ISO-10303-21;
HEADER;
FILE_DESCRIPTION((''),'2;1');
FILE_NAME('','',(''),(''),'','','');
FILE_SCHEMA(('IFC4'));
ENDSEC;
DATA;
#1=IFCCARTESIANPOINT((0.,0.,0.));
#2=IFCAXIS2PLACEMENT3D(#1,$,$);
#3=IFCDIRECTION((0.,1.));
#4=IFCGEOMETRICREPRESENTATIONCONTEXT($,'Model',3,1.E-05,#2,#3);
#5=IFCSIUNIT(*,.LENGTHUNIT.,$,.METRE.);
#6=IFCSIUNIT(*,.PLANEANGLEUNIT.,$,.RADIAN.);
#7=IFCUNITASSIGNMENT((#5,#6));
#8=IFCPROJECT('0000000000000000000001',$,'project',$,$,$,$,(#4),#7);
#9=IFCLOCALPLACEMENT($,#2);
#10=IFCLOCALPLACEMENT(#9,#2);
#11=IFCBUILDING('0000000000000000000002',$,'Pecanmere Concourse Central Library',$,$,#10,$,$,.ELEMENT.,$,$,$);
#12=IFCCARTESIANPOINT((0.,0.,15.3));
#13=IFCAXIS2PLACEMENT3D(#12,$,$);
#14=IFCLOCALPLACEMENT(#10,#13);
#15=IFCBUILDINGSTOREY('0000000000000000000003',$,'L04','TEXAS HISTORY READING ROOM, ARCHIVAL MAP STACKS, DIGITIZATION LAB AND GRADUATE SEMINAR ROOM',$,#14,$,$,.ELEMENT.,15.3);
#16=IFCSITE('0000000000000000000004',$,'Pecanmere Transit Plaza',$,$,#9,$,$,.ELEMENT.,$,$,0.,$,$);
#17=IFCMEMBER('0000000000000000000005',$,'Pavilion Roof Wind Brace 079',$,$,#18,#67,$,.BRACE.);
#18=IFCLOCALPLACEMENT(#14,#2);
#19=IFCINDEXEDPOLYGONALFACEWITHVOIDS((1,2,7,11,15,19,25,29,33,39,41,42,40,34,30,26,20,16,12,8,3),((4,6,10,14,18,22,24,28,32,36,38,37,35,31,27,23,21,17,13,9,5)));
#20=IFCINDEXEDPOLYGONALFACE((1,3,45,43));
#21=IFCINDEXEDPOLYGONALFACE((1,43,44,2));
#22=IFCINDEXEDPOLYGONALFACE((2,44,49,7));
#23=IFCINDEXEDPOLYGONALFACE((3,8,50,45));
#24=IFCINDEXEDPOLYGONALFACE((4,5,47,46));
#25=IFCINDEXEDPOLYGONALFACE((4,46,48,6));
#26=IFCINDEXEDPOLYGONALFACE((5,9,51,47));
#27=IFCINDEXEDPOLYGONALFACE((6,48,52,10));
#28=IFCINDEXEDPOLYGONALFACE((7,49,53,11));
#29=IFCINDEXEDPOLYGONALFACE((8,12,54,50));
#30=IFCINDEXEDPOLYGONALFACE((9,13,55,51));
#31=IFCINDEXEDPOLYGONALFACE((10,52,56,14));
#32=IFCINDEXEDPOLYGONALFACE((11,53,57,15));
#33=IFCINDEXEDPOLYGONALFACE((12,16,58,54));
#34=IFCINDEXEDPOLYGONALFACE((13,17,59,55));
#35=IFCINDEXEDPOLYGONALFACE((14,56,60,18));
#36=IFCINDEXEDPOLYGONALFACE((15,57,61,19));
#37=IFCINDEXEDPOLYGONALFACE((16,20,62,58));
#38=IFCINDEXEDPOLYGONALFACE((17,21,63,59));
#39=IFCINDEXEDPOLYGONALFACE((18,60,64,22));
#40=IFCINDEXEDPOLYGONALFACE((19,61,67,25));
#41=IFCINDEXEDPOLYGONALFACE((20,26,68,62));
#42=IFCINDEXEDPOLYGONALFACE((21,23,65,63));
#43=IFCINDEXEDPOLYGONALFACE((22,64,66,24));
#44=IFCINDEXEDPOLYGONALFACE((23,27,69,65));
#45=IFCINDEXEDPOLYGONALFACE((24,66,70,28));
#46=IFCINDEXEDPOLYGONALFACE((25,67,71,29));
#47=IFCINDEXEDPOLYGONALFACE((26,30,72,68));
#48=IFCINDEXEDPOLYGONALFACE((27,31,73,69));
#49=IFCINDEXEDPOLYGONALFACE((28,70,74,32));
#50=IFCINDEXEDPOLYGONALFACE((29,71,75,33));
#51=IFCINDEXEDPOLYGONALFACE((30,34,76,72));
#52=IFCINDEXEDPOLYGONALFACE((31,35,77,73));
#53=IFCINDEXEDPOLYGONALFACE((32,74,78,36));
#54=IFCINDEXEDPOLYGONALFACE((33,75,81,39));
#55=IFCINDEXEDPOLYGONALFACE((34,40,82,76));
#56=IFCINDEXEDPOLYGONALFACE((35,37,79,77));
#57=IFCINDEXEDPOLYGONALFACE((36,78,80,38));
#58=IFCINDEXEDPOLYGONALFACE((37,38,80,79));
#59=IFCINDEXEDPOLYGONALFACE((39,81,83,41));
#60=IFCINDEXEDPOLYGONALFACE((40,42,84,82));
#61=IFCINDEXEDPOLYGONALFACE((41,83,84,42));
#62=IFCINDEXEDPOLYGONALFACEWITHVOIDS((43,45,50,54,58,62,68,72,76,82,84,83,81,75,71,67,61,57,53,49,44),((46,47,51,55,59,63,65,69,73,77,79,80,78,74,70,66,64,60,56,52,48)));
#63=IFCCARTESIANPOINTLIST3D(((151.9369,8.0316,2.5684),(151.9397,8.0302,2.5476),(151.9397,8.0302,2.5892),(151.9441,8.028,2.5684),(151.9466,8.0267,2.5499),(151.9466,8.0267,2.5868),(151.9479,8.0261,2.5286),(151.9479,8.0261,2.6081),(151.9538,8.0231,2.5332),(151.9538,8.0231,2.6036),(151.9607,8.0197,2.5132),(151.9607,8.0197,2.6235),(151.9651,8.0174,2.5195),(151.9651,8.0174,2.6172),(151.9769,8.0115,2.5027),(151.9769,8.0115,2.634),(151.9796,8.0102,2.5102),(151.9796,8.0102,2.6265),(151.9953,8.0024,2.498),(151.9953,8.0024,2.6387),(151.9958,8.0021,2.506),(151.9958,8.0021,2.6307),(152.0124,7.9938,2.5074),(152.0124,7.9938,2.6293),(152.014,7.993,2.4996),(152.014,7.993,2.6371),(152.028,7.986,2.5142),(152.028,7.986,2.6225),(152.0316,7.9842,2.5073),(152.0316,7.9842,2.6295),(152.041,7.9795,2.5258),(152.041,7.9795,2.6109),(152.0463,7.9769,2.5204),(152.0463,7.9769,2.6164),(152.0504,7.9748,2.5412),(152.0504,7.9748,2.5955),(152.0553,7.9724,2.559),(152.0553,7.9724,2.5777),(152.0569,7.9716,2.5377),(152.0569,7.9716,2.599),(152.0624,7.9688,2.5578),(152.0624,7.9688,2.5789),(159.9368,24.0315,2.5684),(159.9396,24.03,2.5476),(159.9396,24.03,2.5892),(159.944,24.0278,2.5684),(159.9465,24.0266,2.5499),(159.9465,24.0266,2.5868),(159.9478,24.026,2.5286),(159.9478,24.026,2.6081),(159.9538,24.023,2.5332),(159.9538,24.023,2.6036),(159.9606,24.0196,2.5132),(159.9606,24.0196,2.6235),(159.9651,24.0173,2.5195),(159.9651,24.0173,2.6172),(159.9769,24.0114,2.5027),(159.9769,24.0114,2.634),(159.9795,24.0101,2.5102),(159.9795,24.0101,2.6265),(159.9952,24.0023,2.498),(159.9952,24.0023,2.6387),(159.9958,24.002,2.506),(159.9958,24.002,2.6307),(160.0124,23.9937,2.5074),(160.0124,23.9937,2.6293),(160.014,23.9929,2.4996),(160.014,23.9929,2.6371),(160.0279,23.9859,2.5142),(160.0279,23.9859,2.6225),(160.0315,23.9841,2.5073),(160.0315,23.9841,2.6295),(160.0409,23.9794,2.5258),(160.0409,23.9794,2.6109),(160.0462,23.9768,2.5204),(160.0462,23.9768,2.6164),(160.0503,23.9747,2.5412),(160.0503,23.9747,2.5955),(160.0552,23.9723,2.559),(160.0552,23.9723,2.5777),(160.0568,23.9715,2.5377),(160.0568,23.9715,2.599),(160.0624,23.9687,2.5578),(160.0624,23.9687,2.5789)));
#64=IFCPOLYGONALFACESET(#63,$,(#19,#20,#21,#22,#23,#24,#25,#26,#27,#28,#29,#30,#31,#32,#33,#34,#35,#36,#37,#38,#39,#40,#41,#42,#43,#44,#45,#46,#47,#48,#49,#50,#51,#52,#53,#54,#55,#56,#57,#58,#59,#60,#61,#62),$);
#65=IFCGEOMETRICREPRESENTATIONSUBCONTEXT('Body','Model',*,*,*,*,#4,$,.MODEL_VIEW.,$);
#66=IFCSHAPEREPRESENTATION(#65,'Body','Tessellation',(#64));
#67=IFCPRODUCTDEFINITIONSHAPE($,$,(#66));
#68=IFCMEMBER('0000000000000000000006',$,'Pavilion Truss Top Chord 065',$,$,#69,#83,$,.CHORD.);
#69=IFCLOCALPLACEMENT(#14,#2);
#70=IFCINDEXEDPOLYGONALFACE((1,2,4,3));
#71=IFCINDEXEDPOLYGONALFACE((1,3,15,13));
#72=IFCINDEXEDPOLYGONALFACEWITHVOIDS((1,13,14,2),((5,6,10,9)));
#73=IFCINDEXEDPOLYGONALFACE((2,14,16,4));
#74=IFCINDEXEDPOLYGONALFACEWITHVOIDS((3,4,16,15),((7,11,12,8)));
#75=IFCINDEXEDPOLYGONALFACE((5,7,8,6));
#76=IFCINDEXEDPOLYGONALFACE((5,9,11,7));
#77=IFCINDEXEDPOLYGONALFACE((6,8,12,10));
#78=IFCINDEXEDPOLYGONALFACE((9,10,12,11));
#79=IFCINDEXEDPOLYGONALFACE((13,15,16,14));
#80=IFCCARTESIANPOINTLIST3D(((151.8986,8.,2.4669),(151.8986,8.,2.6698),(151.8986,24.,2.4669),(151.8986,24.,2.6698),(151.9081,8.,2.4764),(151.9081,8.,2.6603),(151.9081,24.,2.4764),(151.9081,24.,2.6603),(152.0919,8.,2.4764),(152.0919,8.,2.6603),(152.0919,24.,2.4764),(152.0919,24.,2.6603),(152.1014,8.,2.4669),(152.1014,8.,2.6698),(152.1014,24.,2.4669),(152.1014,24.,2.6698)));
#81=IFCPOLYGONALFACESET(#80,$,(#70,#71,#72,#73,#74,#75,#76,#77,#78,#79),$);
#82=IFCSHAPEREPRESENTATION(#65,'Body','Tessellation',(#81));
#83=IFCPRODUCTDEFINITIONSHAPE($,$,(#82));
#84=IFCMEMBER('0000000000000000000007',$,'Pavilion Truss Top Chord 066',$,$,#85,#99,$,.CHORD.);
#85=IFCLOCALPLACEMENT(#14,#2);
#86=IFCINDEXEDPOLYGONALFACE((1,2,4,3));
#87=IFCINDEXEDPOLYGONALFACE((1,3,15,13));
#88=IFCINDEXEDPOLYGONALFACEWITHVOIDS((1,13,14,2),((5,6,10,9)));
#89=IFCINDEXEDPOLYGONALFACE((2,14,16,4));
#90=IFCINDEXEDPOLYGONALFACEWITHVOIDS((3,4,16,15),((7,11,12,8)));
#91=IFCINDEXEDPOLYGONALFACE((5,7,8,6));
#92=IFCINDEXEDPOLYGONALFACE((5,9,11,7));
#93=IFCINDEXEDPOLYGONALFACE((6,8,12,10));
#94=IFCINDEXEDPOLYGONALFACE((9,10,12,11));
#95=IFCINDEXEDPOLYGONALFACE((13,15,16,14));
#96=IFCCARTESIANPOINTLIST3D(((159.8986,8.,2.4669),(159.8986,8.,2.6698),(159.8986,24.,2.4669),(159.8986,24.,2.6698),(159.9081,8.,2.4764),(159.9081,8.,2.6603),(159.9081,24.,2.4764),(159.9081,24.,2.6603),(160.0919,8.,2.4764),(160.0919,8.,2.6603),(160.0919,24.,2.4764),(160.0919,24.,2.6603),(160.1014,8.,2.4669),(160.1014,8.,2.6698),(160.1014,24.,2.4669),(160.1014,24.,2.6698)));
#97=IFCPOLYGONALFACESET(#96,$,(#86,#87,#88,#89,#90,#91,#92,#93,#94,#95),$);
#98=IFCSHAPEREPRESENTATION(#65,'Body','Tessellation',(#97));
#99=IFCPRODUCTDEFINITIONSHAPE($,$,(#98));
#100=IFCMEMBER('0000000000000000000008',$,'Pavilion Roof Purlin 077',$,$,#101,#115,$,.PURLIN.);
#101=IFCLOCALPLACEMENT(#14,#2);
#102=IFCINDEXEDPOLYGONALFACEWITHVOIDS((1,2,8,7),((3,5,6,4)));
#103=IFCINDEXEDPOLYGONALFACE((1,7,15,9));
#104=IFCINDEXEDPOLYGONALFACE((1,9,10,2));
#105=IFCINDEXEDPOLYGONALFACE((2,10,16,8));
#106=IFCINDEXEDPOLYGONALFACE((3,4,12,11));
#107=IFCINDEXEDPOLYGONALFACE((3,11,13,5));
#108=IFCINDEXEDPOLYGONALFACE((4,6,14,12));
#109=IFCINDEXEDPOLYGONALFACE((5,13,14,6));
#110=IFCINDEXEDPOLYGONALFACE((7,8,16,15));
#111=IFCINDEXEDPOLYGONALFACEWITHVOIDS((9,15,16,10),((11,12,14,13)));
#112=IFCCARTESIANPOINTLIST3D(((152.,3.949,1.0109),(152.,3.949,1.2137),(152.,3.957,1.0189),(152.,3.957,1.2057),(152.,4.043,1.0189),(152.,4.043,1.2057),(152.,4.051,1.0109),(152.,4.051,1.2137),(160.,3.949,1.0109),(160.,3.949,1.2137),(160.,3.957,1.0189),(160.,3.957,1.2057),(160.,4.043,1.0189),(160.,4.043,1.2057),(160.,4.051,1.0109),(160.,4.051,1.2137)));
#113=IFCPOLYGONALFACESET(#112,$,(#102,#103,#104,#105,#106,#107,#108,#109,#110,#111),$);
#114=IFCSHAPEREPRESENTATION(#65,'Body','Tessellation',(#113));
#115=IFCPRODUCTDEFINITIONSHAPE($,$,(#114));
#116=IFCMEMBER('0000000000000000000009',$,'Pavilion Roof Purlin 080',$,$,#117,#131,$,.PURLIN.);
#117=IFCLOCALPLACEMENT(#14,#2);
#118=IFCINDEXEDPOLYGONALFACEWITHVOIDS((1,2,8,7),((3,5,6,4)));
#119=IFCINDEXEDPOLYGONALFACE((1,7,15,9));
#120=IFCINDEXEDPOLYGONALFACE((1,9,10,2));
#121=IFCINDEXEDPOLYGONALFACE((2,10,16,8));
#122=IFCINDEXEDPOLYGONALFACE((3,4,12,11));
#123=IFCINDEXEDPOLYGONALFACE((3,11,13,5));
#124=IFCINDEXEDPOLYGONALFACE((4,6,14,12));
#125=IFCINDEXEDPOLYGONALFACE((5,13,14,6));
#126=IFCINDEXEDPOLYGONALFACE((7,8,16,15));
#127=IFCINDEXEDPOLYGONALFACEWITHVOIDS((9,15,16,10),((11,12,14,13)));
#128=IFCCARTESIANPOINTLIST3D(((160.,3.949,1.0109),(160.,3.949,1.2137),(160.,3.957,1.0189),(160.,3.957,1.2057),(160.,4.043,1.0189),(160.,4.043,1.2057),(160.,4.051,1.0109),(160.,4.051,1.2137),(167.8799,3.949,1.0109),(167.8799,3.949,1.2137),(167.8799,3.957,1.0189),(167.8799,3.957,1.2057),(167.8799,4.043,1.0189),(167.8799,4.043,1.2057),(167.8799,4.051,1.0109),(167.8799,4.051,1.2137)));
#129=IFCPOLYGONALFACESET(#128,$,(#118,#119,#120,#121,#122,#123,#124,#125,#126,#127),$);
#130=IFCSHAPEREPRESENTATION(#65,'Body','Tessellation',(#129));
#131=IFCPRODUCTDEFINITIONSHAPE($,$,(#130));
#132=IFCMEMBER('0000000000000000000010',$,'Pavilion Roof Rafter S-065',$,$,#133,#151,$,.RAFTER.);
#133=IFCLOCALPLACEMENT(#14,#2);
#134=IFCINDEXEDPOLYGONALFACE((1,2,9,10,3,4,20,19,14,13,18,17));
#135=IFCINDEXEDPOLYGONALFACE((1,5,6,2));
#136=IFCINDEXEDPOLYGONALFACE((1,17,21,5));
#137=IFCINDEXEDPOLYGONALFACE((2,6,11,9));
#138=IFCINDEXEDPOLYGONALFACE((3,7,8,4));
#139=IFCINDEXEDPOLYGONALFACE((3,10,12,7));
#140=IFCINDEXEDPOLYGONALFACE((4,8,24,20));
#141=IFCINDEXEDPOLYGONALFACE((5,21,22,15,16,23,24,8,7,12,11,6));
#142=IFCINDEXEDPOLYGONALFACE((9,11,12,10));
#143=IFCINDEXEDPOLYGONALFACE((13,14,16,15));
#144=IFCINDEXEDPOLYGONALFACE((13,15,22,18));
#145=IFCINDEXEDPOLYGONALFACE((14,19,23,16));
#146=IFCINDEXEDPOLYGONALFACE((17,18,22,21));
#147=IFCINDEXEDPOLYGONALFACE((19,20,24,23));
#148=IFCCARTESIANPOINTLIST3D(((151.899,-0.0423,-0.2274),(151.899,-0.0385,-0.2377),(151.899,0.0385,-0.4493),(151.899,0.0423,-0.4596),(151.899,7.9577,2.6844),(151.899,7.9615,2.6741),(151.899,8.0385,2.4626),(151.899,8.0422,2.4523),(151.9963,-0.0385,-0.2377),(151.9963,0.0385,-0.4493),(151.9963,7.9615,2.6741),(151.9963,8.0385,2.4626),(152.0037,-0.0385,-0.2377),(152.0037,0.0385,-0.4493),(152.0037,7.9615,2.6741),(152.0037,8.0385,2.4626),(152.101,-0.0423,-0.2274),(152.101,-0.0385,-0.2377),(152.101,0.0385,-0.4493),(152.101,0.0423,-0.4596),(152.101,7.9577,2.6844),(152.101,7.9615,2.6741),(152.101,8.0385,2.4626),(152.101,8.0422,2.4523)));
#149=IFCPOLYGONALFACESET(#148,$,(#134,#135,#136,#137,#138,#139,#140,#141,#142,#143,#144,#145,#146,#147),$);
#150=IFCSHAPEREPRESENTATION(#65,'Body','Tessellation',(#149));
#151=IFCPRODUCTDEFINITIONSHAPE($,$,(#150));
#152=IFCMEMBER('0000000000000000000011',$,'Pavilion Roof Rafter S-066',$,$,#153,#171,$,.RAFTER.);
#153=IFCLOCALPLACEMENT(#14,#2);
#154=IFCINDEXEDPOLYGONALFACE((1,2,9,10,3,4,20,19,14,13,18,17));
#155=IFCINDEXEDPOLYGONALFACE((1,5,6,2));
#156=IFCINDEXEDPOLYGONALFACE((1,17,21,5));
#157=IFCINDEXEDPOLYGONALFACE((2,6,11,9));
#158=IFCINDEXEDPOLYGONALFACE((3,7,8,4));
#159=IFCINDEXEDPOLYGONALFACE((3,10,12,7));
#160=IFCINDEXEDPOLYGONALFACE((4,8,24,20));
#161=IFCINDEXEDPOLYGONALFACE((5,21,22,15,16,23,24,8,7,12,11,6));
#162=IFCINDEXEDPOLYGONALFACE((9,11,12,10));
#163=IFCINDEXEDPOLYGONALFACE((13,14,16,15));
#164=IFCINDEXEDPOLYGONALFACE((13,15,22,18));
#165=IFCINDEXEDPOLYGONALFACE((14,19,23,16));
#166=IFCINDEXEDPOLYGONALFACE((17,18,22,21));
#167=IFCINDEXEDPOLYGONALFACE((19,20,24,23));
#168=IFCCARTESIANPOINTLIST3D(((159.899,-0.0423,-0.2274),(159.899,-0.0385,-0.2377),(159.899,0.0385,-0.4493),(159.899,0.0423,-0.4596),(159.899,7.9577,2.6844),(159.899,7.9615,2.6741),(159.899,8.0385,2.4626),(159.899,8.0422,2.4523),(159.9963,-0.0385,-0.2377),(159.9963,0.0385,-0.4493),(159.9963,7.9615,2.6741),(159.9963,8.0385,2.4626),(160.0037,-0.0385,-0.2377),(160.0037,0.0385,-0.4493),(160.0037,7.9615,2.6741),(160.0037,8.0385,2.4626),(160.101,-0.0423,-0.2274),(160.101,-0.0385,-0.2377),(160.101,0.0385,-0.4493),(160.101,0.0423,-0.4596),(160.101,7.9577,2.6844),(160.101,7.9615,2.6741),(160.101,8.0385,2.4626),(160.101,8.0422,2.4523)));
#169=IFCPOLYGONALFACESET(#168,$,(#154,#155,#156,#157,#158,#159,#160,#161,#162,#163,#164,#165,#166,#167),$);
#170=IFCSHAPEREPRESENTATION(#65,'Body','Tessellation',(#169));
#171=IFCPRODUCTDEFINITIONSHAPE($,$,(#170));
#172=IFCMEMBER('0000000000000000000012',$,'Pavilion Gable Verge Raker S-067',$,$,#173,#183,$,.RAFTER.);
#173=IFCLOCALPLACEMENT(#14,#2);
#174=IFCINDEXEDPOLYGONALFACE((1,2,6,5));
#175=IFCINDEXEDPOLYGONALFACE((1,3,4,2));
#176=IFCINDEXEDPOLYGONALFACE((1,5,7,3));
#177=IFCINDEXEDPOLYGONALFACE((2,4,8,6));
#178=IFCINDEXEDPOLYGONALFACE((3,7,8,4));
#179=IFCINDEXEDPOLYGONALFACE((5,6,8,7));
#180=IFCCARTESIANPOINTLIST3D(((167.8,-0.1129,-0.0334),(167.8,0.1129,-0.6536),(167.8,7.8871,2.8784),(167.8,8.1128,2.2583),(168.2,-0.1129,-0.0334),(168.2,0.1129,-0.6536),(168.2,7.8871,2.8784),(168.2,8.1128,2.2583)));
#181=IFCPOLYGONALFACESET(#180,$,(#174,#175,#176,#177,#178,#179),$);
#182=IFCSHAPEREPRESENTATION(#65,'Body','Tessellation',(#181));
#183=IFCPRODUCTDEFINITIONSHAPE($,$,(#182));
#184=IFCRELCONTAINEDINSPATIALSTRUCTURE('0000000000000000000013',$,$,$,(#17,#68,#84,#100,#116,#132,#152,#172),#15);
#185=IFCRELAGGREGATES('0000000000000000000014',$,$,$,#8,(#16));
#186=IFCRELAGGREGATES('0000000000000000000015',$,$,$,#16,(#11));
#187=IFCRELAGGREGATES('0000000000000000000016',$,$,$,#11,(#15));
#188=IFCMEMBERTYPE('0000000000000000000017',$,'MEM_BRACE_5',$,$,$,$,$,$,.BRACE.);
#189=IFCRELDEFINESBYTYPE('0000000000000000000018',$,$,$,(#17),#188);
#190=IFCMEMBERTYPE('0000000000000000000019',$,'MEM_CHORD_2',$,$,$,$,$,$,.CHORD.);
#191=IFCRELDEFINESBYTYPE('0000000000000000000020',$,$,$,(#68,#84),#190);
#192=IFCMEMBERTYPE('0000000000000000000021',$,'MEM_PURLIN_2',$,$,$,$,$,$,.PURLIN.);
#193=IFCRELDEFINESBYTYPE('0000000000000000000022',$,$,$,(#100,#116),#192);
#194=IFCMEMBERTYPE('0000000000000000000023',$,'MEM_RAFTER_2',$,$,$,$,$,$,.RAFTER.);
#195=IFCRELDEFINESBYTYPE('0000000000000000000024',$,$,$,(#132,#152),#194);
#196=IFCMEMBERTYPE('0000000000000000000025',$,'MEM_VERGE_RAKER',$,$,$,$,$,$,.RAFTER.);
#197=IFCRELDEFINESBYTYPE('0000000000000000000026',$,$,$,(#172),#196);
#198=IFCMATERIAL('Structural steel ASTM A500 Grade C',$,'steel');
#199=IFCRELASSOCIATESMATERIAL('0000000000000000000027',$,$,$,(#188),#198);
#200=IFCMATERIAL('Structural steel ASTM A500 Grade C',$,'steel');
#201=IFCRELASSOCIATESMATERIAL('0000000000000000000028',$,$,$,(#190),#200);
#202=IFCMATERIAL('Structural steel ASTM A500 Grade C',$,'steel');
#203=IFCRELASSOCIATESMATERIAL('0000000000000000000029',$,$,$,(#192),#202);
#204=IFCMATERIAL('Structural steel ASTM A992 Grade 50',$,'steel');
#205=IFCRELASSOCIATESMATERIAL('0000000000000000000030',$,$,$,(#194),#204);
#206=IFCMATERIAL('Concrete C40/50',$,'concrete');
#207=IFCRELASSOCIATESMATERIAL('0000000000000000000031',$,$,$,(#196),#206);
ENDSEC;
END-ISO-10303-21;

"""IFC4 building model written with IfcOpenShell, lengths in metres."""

from ifc_helpers import new_model, si_unit, direction, frame, origin, origin_2d, place, context, subcontext, project, spatial, rectangle, hollow_rectangle, hollow_circle, i_section, extrude, material, material_profile, profile_set, type_object, element, save


model = new_model("IFC4")

# Units and contexts
model_context = context("Model", 3, precision=1e-05, world=origin(), true_north=direction((0.0, 1.0)))
body_context = subcontext(model_context, "Body", "Model", "MODEL_VIEW")
ifc_project = project(units=[si_unit("LENGTHUNIT", "METRE"), si_unit("PLANEANGLEUNIT", "RADIAN")], contexts=[model_context])

# Site, building, storey
site_placement = place(None, origin())
site = spatial("IfcSite", under=ifc_project, at=site_placement, Name="Pecanmere Transit Plaza", CompositionType="ELEMENT", RefElevation=0.0)
building_placement = place(site_placement, origin())
building = spatial("IfcBuilding", under=site, at=building_placement, Name="Pecanmere Concourse Central Library", CompositionType="ELEMENT")
storey_placement = place(building_placement, frame((0.0, 0.0, 15.3)))
storey = spatial("IfcBuildingStorey", under=building, at=storey_placement, Name="L04", Description="TEXAS HISTORY READING ROOM, ARCHIVAL MAP STACKS, DIGITIZATION LAB AND GRADUATE SEMINAR ROOM", CompositionType="ELEMENT", Elevation=15.3)

# Members
ifc_material_1 = material(Name="Structural steel ASTM A500 Grade C", Category="steel")
ifc_material_profile_1 = material_profile(ifc_material_1, hollow_circle(Radius=0.0706, WallThickness=0.0081, at=origin_2d()), Name="HSS141.3x8.0")
ifc_profile_set_1 = profile_set([ifc_material_profile_1], Name="Structural steel ASTM A500 Grade C")
member_type_1 = type_object("IfcMemberType", Name="MEM_BRACE_5", PredefinedType="BRACE", material=ifc_profile_set_1)
member_1_placement = place(storey_placement, frame((152.0, 8.0, 2.5684), z_axis=(0.447214, 0.894427, 0.0), x_axis=(-0.894427, 0.447214, 0.0)))
element("IfcMember", 1, at=member_1_placement, inside=storey, type_object=member_type_1, Name="Pavilion Roof Wind Brace 079", PredefinedType="BRACE", context=body_context, shape_type="SweptSolid", body=[
    extrude(hollow_circle(Radius=0.0706, WallThickness=0.0081, at=origin_2d()), origin(), (0.0, 0.0, 1.0), 17.8884),
])
ifc_material_2 = material(Name="Structural steel ASTM A500 Grade C", Category="steel")
ifc_material_profile_2 = material_profile(ifc_material_2, hollow_rectangle(XDim=0.2029, YDim=0.2029, WallThickness=0.0095, at=origin_2d()), Name="HSS203x203x9.5")
ifc_profile_set_2 = profile_set([ifc_material_profile_2], Name="Structural steel ASTM A500 Grade C")
member_type_2 = type_object("IfcMemberType", Name="MEM_CHORD_2", PredefinedType="CHORD", material=ifc_profile_set_2)
for number, where, z_axis, x_axis, name in (
    (2, (152.0, 8.0, 2.5684), (0.0, 1.0, 0.0), (-1.0, 0.0, 0.0), "Pavilion Truss Top Chord 065"),
    (3, (160.0, 8.0, 2.5684), (0.0, 1.0, 0.0), (-1.0, 0.0, 0.0), "Pavilion Truss Top Chord 066"),
):
    element("IfcMember", number, at=place(storey_placement, frame(where, z_axis=z_axis, x_axis=x_axis)), inside=storey, type_object=member_type_2, Name=name, PredefinedType="CHORD", context=body_context, shape_type="SweptSolid", body=[
        extrude(hollow_rectangle(XDim=0.2029, YDim=0.2029, WallThickness=0.0095, at=origin_2d()), origin(), (0.0, 0.0, 1.0), 16.0),
    ])
ifc_material_3 = material(Name="Structural steel ASTM A500 Grade C", Category="steel")
ifc_material_profile_3 = material_profile(ifc_material_3, hollow_rectangle(XDim=0.1021, YDim=0.2029, WallThickness=0.0081, at=origin_2d()), Name="HSS203x102x8.0")
ifc_profile_set_3 = profile_set([ifc_material_profile_3], Name="Structural steel ASTM A500 Grade C")
member_type_3 = type_object("IfcMemberType", Name="MEM_PURLIN_2", PredefinedType="PURLIN", material=ifc_profile_set_3)
member_2_placement = place(storey_placement, frame((152.0, 4.0, 1.1123), z_axis=(1.0, 0.0, 0.0), x_axis=(0.0, 1.0, 0.0)))
element("IfcMember", 4, at=member_2_placement, inside=storey, type_object=member_type_3, Name="Pavilion Roof Purlin 077", PredefinedType="PURLIN", context=body_context, shape_type="SweptSolid", body=[
    extrude(hollow_rectangle(XDim=0.1021, YDim=0.2029, WallThickness=0.0081, at=origin_2d()), origin(), (0.0, 0.0, 1.0), 8.0),
])
member_3_placement = place(storey_placement, frame((160.0, 4.0, 1.1123), z_axis=(1.0, 0.0, 0.0), x_axis=(0.0, 1.0, 0.0)))
element("IfcMember", 5, at=member_3_placement, inside=storey, type_object=member_type_3, Name="Pavilion Roof Purlin 080", PredefinedType="PURLIN", context=body_context, shape_type="SweptSolid", body=[
    extrude(hollow_rectangle(XDim=0.1021, YDim=0.2029, WallThickness=0.0081, at=origin_2d()), origin(), (0.0, 0.0, 1.0), 7.8799),
])
ifc_material_4 = material(Name="Structural steel ASTM A992 Grade 50", Category="steel")
ifc_material_profile_4 = material_profile(ifc_material_4, i_section(OverallWidth=0.2019, OverallDepth=0.2471, WebThickness=0.0073, FlangeThickness=0.011, at=origin_2d()), Name="W250x49.1")
ifc_profile_set_4 = profile_set([ifc_material_profile_4], Name="Structural steel ASTM A992 Grade 50")
member_type_4 = type_object("IfcMemberType", Name="MEM_RAFTER_2", PredefinedType="RAFTER", material=ifc_profile_set_4)
for number, where, z_axis, x_axis, name in (
    (6, (152.0, 0.0, -0.3435), (0.0, 0.939689, 0.342031), (-1.0, 0.0, 0.0), "Pavilion Roof Rafter S-065"),
    (7, (160.0, 0.0, -0.3435), (0.0, 0.939689, 0.342031), (-1.0, 0.0, 0.0), "Pavilion Roof Rafter S-066"),
):
    element("IfcMember", number, at=place(storey_placement, frame(where, z_axis=z_axis, x_axis=x_axis)), inside=storey, type_object=member_type_4, Name=name, PredefinedType="RAFTER", context=body_context, shape_type="SweptSolid", body=[
        extrude(i_section(OverallWidth=0.2019, OverallDepth=0.2471, WebThickness=0.0073, FlangeThickness=0.011, at=origin_2d()), origin(), (0.0, 0.0, 1.0), 8.5134),
    ])
ifc_material_5 = material(Name="Concrete C40/50", Category="concrete")
ifc_material_profile_5 = material_profile(ifc_material_5, rectangle(XDim=0.3999, YDim=0.6599, at=origin_2d()), Name="RC 400x660")
ifc_profile_set_5 = profile_set([ifc_material_profile_5], Name="Concrete C40/50")
member_type_5 = type_object("IfcMemberType", Name="MEM_VERGE_RAKER", PredefinedType="RAFTER", material=ifc_profile_set_5)
member_4_placement = place(storey_placement, frame((168.0, 0.0, -0.3435), z_axis=(0.0, 0.939689, 0.342031), x_axis=(-1.0, 0.0, 0.0)))
element("IfcMember", 8, at=member_4_placement, inside=storey, type_object=member_type_5, Name="Pavilion Gable Verge Raker S-067", PredefinedType="RAFTER", context=body_context, shape_type="SweptSolid", body=[
    extrude(rectangle(XDim=0.3999, YDim=0.6599, at=origin_2d()), origin(), (0.0, 0.0, 1.0), 8.5134),
])

save(model, "model.ifc")
